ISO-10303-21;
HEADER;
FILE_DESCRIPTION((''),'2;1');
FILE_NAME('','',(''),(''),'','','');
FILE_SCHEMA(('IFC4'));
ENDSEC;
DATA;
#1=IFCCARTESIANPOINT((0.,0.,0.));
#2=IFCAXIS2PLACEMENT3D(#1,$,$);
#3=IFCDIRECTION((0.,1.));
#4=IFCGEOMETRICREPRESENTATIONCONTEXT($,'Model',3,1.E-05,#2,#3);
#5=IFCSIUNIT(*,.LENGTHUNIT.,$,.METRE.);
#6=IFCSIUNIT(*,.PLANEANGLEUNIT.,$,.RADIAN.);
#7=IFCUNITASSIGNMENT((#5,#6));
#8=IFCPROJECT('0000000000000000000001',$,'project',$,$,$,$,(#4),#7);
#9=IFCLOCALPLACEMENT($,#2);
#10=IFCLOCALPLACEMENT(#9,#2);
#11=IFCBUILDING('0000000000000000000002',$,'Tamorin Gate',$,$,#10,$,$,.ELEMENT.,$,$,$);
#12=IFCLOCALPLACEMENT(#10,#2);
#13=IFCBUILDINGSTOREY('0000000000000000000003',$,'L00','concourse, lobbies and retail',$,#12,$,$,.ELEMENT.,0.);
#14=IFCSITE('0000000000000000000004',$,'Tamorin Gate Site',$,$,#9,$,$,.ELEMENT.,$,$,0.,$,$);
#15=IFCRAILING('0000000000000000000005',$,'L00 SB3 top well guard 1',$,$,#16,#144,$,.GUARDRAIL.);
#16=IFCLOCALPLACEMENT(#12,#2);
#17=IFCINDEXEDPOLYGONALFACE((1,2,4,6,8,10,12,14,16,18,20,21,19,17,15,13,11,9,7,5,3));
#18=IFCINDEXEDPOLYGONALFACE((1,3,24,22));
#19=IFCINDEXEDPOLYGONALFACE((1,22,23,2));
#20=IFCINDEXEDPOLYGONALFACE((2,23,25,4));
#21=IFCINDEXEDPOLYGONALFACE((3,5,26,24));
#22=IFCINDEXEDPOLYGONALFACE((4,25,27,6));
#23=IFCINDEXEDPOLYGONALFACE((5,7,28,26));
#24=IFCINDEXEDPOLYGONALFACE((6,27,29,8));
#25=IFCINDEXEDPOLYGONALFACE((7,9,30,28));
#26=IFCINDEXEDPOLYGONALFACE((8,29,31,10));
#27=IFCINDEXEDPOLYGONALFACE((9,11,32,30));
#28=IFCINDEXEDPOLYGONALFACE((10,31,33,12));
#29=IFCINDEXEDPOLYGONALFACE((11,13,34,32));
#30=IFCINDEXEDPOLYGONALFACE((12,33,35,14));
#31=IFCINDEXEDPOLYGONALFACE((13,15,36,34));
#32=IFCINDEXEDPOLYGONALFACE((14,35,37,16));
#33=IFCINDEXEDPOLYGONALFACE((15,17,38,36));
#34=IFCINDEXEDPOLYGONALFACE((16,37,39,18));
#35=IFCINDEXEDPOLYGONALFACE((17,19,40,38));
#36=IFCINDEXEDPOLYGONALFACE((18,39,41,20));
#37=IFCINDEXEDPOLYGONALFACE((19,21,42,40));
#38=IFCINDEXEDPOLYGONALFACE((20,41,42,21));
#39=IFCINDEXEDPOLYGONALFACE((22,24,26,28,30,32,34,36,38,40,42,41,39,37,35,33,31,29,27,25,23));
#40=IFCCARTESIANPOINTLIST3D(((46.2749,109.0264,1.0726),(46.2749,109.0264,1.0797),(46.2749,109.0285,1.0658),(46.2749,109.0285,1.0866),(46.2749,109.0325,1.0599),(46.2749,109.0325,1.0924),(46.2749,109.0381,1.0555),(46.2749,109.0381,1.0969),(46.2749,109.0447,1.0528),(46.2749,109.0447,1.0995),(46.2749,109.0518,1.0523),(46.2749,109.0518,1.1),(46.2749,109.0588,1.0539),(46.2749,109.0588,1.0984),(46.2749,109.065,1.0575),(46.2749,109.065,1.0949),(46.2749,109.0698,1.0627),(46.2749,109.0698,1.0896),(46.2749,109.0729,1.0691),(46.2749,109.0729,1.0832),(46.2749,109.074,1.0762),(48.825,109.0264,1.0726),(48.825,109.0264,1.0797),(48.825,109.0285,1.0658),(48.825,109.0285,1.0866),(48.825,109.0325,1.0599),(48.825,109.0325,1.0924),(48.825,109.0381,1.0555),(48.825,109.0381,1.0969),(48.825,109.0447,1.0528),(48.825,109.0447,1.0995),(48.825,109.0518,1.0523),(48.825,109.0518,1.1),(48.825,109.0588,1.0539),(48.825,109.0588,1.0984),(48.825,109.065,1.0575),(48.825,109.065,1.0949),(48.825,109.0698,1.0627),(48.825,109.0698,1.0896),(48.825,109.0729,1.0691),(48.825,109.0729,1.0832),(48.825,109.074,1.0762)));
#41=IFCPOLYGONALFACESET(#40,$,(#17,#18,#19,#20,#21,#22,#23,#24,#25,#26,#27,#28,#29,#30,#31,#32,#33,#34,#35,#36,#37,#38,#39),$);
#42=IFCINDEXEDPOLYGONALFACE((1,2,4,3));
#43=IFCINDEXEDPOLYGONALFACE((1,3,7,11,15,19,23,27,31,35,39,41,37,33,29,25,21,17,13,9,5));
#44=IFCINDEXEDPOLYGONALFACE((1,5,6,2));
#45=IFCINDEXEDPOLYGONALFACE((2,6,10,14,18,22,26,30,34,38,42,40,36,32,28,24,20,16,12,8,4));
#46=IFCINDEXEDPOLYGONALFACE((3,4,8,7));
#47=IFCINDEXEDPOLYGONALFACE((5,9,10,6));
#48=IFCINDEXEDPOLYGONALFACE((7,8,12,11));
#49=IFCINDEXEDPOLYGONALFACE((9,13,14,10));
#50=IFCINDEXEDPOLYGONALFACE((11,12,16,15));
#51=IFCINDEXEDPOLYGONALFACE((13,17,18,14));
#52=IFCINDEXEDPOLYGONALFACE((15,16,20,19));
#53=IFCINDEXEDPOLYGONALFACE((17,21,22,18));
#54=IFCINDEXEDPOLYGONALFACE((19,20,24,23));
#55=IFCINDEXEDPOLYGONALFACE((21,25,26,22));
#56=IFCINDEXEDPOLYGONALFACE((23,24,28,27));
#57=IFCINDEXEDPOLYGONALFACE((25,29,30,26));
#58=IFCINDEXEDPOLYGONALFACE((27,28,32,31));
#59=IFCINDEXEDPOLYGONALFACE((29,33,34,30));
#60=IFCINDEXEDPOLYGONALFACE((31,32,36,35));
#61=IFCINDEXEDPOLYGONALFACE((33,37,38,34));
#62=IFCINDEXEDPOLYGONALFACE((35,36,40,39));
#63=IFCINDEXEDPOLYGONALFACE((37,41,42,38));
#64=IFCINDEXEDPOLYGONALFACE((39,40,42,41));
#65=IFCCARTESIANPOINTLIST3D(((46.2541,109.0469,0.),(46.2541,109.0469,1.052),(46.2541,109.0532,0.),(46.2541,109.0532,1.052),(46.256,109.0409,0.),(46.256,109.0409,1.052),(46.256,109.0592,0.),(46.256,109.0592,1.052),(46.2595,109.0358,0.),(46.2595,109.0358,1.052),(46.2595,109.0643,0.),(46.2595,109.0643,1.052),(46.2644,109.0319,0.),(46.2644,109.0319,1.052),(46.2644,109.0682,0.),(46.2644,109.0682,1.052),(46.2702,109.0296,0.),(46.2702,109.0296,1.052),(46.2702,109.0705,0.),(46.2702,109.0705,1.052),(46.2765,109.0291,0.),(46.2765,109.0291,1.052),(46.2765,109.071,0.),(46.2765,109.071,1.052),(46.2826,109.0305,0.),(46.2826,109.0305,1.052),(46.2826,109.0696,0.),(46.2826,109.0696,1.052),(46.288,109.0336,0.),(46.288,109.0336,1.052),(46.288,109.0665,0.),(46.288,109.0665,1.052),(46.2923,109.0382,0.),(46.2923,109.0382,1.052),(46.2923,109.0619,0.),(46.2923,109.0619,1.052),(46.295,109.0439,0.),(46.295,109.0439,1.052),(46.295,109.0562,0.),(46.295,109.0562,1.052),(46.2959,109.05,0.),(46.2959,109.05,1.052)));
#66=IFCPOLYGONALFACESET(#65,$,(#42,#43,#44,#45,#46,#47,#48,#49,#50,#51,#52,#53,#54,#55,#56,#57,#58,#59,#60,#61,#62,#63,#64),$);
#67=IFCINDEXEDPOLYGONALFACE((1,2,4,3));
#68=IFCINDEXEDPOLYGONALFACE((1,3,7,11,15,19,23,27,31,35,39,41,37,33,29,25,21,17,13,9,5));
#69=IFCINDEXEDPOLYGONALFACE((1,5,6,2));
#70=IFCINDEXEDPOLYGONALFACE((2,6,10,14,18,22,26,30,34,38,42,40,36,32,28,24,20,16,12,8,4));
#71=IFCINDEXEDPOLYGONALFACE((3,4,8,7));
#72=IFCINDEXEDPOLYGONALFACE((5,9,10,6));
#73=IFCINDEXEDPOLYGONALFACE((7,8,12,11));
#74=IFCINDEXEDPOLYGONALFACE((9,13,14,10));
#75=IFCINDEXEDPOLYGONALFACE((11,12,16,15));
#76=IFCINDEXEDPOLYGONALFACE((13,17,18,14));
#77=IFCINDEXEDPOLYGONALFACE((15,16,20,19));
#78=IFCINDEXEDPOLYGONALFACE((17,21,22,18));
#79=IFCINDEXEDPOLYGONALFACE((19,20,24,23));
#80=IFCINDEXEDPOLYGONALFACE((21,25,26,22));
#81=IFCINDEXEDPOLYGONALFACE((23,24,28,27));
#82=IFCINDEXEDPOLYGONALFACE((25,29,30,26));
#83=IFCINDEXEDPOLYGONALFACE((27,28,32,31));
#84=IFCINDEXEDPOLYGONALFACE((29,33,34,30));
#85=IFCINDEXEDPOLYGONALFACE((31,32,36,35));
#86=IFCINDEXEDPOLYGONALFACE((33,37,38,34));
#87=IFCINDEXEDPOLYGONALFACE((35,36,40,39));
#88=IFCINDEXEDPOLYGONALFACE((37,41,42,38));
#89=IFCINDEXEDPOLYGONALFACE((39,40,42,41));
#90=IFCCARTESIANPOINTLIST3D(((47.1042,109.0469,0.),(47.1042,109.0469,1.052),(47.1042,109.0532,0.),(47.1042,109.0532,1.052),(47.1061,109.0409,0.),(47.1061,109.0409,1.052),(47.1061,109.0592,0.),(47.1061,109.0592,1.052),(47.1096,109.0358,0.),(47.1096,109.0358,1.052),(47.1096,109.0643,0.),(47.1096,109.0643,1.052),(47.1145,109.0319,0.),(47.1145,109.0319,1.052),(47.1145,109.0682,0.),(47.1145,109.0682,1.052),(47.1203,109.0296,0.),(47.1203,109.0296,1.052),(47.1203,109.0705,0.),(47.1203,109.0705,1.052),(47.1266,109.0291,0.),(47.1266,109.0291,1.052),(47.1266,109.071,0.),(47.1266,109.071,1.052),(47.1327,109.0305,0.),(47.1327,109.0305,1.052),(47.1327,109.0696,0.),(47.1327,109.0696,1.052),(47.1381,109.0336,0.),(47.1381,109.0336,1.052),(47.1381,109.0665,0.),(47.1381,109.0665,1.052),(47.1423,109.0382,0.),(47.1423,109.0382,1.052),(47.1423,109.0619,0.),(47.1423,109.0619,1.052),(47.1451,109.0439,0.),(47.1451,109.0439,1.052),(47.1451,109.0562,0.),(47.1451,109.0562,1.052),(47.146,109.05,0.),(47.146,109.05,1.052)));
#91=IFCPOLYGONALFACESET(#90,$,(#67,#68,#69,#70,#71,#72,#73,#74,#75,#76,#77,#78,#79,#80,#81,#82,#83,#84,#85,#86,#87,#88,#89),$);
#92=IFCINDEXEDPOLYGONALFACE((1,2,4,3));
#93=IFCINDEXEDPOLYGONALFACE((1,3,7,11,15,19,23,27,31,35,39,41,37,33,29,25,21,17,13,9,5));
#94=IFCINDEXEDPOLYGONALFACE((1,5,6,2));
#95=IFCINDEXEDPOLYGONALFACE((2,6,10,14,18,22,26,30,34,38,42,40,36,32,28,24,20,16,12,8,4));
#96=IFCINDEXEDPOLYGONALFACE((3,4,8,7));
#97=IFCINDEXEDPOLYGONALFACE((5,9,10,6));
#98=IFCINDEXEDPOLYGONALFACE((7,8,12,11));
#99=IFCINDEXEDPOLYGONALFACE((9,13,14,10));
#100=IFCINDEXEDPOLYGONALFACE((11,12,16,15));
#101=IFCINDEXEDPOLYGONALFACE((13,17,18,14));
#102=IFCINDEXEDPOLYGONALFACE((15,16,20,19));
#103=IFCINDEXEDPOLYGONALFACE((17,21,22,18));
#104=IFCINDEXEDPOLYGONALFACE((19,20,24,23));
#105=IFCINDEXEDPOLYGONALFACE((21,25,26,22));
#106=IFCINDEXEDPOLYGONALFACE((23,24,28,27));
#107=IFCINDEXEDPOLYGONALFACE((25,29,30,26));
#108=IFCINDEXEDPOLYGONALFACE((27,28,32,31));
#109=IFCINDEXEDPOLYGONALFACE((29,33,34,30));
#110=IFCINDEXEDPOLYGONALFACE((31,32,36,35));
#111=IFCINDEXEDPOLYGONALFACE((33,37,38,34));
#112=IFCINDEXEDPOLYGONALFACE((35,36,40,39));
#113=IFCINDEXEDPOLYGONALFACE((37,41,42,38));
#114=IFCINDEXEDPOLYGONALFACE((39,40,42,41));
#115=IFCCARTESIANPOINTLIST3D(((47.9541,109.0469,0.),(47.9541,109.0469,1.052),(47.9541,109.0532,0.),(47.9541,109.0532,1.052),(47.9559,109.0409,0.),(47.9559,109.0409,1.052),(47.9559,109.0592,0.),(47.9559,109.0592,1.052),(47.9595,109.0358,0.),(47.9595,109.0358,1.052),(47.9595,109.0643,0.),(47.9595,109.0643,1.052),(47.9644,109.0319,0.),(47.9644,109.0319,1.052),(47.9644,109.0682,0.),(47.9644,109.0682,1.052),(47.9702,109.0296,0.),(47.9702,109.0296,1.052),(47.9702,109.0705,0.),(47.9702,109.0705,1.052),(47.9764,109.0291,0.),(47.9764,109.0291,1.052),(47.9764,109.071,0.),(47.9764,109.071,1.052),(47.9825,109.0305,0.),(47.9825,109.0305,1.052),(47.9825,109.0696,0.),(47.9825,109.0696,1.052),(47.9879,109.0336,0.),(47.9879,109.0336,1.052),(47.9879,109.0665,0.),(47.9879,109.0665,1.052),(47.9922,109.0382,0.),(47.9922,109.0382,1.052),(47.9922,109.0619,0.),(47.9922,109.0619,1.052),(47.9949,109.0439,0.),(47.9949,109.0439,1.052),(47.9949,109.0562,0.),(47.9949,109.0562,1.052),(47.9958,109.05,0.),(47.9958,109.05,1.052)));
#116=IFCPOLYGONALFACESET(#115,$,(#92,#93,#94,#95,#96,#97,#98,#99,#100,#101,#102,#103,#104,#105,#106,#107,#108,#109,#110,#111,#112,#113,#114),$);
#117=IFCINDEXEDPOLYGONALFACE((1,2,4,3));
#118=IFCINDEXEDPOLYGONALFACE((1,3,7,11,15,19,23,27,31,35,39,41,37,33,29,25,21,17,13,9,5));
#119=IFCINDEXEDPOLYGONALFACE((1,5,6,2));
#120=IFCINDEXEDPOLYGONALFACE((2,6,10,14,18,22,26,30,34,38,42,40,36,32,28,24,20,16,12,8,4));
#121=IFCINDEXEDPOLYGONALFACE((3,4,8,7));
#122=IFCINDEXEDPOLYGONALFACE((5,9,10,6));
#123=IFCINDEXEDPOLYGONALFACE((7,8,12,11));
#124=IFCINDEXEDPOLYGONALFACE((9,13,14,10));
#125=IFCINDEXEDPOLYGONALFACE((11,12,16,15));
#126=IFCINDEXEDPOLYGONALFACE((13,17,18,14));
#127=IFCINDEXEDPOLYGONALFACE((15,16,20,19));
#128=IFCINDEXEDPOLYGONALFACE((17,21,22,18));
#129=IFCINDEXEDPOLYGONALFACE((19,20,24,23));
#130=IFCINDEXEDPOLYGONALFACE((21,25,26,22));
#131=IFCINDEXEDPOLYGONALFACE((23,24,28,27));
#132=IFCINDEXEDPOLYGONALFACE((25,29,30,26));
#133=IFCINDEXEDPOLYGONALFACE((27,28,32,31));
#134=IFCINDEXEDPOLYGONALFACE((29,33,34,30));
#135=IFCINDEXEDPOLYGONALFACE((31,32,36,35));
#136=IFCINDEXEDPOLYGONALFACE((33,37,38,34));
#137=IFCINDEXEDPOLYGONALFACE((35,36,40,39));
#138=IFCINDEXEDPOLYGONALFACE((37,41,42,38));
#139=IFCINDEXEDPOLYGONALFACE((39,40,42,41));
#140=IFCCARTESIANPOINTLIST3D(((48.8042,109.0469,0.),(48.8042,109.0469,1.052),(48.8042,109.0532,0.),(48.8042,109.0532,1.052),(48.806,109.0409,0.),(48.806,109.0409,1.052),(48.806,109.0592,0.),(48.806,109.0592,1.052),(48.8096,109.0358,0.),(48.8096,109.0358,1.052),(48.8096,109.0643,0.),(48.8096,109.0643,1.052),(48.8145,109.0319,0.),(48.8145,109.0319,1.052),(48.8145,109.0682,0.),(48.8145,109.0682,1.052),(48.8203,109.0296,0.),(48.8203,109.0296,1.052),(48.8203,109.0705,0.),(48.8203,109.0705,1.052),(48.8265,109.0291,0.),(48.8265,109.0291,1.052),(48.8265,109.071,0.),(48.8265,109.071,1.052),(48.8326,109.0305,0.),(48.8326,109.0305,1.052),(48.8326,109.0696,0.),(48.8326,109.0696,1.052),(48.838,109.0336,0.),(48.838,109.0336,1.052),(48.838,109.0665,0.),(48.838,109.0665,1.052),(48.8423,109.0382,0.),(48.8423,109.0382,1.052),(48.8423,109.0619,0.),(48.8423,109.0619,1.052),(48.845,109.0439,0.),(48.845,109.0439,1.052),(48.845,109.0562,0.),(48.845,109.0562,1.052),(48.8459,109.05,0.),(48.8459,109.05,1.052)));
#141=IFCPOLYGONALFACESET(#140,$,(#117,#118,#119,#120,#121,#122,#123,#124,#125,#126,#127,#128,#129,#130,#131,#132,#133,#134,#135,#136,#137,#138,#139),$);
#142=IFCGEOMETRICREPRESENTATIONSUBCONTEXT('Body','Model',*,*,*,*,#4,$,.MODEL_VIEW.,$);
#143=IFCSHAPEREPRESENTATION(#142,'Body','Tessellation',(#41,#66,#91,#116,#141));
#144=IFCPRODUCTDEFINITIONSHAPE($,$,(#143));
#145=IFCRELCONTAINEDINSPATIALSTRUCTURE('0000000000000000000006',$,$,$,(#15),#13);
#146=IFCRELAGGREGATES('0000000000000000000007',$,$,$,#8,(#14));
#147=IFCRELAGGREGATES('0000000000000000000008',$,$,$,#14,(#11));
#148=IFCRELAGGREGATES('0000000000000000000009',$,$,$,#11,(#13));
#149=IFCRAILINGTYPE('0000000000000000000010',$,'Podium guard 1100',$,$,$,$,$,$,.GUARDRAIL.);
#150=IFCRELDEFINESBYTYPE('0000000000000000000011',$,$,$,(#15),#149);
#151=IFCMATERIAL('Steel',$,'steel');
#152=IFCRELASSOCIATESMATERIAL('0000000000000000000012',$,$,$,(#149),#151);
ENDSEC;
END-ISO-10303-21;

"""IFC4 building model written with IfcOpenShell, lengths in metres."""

from ifc_helpers import new_model, si_unit, direction, frame, origin, origin_2d, place, context, subcontext, project, spatial, circle, extrude, material, type_object, element, save


model = new_model("IFC4")

# Units and contexts
model_context = context("Model", 3, precision=1e-05, world=origin(), true_north=direction((0.0, 1.0)))
body_context = subcontext(model_context, "Body", "Model", "MODEL_VIEW")
ifc_project = project(units=[si_unit("LENGTHUNIT", "METRE"), si_unit("PLANEANGLEUNIT", "RADIAN")], contexts=[model_context])

# Site, building, storey
site_placement = place(None, origin())
site = spatial("IfcSite", under=ifc_project, at=site_placement, Name="Tamorin Gate Site", CompositionType="ELEMENT", RefElevation=0.0)
building_placement = place(site_placement, origin())
building = spatial("IfcBuilding", under=site, at=building_placement, Name="Tamorin Gate", CompositionType="ELEMENT")
storey_placement = place(building_placement, origin())
storey = spatial("IfcBuildingStorey", under=building, at=storey_placement, Name="L00", Description="concourse, lobbies and retail", CompositionType="ELEMENT", Elevation=0.0)

# Railing
ifc_material_1 = material(Name="Steel", Category="steel")
railing_type = type_object("IfcRailingType", Name="Podium guard 1100", PredefinedType="GUARDRAIL", material=ifc_material_1)
railing_1_placement = place(storey_placement, frame((46.2749, 109.05, 0.0)))
element("IfcRailing", 1, at=railing_1_placement, inside=storey, type_object=railing_type, Name="L00 SB3 top well guard 1", PredefinedType="GUARDRAIL", context=body_context, shape_type="SweptSolid", body=[
    extrude(circle(Radius=0.0239, at=origin_2d()), frame((0.0, 0.0, 1.0762), z_axis=(1.0, 0.0, 0.0), x_axis=(0.0, 1.0, 0.0)), (0.0, 0.0, 1.0), 2.55),
    extrude(circle(Radius=0.021, at=origin_2d()), origin(), (0.0, 0.0, 1.0), 1.052),
    extrude(circle(Radius=0.021, at=origin_2d()), frame((0.8501, 0.0, 0.0)), (0.0, 0.0, 1.0), 1.052),
    extrude(circle(Radius=0.021, at=origin_2d()), frame((1.7, 0.0, 0.0)), (0.0, 0.0, 1.0), 1.052),
    extrude(circle(Radius=0.021, at=origin_2d()), frame((2.55, 0.0, 0.0)), (0.0, 0.0, 1.0), 1.052),
])

save(model, "model.ifc")
